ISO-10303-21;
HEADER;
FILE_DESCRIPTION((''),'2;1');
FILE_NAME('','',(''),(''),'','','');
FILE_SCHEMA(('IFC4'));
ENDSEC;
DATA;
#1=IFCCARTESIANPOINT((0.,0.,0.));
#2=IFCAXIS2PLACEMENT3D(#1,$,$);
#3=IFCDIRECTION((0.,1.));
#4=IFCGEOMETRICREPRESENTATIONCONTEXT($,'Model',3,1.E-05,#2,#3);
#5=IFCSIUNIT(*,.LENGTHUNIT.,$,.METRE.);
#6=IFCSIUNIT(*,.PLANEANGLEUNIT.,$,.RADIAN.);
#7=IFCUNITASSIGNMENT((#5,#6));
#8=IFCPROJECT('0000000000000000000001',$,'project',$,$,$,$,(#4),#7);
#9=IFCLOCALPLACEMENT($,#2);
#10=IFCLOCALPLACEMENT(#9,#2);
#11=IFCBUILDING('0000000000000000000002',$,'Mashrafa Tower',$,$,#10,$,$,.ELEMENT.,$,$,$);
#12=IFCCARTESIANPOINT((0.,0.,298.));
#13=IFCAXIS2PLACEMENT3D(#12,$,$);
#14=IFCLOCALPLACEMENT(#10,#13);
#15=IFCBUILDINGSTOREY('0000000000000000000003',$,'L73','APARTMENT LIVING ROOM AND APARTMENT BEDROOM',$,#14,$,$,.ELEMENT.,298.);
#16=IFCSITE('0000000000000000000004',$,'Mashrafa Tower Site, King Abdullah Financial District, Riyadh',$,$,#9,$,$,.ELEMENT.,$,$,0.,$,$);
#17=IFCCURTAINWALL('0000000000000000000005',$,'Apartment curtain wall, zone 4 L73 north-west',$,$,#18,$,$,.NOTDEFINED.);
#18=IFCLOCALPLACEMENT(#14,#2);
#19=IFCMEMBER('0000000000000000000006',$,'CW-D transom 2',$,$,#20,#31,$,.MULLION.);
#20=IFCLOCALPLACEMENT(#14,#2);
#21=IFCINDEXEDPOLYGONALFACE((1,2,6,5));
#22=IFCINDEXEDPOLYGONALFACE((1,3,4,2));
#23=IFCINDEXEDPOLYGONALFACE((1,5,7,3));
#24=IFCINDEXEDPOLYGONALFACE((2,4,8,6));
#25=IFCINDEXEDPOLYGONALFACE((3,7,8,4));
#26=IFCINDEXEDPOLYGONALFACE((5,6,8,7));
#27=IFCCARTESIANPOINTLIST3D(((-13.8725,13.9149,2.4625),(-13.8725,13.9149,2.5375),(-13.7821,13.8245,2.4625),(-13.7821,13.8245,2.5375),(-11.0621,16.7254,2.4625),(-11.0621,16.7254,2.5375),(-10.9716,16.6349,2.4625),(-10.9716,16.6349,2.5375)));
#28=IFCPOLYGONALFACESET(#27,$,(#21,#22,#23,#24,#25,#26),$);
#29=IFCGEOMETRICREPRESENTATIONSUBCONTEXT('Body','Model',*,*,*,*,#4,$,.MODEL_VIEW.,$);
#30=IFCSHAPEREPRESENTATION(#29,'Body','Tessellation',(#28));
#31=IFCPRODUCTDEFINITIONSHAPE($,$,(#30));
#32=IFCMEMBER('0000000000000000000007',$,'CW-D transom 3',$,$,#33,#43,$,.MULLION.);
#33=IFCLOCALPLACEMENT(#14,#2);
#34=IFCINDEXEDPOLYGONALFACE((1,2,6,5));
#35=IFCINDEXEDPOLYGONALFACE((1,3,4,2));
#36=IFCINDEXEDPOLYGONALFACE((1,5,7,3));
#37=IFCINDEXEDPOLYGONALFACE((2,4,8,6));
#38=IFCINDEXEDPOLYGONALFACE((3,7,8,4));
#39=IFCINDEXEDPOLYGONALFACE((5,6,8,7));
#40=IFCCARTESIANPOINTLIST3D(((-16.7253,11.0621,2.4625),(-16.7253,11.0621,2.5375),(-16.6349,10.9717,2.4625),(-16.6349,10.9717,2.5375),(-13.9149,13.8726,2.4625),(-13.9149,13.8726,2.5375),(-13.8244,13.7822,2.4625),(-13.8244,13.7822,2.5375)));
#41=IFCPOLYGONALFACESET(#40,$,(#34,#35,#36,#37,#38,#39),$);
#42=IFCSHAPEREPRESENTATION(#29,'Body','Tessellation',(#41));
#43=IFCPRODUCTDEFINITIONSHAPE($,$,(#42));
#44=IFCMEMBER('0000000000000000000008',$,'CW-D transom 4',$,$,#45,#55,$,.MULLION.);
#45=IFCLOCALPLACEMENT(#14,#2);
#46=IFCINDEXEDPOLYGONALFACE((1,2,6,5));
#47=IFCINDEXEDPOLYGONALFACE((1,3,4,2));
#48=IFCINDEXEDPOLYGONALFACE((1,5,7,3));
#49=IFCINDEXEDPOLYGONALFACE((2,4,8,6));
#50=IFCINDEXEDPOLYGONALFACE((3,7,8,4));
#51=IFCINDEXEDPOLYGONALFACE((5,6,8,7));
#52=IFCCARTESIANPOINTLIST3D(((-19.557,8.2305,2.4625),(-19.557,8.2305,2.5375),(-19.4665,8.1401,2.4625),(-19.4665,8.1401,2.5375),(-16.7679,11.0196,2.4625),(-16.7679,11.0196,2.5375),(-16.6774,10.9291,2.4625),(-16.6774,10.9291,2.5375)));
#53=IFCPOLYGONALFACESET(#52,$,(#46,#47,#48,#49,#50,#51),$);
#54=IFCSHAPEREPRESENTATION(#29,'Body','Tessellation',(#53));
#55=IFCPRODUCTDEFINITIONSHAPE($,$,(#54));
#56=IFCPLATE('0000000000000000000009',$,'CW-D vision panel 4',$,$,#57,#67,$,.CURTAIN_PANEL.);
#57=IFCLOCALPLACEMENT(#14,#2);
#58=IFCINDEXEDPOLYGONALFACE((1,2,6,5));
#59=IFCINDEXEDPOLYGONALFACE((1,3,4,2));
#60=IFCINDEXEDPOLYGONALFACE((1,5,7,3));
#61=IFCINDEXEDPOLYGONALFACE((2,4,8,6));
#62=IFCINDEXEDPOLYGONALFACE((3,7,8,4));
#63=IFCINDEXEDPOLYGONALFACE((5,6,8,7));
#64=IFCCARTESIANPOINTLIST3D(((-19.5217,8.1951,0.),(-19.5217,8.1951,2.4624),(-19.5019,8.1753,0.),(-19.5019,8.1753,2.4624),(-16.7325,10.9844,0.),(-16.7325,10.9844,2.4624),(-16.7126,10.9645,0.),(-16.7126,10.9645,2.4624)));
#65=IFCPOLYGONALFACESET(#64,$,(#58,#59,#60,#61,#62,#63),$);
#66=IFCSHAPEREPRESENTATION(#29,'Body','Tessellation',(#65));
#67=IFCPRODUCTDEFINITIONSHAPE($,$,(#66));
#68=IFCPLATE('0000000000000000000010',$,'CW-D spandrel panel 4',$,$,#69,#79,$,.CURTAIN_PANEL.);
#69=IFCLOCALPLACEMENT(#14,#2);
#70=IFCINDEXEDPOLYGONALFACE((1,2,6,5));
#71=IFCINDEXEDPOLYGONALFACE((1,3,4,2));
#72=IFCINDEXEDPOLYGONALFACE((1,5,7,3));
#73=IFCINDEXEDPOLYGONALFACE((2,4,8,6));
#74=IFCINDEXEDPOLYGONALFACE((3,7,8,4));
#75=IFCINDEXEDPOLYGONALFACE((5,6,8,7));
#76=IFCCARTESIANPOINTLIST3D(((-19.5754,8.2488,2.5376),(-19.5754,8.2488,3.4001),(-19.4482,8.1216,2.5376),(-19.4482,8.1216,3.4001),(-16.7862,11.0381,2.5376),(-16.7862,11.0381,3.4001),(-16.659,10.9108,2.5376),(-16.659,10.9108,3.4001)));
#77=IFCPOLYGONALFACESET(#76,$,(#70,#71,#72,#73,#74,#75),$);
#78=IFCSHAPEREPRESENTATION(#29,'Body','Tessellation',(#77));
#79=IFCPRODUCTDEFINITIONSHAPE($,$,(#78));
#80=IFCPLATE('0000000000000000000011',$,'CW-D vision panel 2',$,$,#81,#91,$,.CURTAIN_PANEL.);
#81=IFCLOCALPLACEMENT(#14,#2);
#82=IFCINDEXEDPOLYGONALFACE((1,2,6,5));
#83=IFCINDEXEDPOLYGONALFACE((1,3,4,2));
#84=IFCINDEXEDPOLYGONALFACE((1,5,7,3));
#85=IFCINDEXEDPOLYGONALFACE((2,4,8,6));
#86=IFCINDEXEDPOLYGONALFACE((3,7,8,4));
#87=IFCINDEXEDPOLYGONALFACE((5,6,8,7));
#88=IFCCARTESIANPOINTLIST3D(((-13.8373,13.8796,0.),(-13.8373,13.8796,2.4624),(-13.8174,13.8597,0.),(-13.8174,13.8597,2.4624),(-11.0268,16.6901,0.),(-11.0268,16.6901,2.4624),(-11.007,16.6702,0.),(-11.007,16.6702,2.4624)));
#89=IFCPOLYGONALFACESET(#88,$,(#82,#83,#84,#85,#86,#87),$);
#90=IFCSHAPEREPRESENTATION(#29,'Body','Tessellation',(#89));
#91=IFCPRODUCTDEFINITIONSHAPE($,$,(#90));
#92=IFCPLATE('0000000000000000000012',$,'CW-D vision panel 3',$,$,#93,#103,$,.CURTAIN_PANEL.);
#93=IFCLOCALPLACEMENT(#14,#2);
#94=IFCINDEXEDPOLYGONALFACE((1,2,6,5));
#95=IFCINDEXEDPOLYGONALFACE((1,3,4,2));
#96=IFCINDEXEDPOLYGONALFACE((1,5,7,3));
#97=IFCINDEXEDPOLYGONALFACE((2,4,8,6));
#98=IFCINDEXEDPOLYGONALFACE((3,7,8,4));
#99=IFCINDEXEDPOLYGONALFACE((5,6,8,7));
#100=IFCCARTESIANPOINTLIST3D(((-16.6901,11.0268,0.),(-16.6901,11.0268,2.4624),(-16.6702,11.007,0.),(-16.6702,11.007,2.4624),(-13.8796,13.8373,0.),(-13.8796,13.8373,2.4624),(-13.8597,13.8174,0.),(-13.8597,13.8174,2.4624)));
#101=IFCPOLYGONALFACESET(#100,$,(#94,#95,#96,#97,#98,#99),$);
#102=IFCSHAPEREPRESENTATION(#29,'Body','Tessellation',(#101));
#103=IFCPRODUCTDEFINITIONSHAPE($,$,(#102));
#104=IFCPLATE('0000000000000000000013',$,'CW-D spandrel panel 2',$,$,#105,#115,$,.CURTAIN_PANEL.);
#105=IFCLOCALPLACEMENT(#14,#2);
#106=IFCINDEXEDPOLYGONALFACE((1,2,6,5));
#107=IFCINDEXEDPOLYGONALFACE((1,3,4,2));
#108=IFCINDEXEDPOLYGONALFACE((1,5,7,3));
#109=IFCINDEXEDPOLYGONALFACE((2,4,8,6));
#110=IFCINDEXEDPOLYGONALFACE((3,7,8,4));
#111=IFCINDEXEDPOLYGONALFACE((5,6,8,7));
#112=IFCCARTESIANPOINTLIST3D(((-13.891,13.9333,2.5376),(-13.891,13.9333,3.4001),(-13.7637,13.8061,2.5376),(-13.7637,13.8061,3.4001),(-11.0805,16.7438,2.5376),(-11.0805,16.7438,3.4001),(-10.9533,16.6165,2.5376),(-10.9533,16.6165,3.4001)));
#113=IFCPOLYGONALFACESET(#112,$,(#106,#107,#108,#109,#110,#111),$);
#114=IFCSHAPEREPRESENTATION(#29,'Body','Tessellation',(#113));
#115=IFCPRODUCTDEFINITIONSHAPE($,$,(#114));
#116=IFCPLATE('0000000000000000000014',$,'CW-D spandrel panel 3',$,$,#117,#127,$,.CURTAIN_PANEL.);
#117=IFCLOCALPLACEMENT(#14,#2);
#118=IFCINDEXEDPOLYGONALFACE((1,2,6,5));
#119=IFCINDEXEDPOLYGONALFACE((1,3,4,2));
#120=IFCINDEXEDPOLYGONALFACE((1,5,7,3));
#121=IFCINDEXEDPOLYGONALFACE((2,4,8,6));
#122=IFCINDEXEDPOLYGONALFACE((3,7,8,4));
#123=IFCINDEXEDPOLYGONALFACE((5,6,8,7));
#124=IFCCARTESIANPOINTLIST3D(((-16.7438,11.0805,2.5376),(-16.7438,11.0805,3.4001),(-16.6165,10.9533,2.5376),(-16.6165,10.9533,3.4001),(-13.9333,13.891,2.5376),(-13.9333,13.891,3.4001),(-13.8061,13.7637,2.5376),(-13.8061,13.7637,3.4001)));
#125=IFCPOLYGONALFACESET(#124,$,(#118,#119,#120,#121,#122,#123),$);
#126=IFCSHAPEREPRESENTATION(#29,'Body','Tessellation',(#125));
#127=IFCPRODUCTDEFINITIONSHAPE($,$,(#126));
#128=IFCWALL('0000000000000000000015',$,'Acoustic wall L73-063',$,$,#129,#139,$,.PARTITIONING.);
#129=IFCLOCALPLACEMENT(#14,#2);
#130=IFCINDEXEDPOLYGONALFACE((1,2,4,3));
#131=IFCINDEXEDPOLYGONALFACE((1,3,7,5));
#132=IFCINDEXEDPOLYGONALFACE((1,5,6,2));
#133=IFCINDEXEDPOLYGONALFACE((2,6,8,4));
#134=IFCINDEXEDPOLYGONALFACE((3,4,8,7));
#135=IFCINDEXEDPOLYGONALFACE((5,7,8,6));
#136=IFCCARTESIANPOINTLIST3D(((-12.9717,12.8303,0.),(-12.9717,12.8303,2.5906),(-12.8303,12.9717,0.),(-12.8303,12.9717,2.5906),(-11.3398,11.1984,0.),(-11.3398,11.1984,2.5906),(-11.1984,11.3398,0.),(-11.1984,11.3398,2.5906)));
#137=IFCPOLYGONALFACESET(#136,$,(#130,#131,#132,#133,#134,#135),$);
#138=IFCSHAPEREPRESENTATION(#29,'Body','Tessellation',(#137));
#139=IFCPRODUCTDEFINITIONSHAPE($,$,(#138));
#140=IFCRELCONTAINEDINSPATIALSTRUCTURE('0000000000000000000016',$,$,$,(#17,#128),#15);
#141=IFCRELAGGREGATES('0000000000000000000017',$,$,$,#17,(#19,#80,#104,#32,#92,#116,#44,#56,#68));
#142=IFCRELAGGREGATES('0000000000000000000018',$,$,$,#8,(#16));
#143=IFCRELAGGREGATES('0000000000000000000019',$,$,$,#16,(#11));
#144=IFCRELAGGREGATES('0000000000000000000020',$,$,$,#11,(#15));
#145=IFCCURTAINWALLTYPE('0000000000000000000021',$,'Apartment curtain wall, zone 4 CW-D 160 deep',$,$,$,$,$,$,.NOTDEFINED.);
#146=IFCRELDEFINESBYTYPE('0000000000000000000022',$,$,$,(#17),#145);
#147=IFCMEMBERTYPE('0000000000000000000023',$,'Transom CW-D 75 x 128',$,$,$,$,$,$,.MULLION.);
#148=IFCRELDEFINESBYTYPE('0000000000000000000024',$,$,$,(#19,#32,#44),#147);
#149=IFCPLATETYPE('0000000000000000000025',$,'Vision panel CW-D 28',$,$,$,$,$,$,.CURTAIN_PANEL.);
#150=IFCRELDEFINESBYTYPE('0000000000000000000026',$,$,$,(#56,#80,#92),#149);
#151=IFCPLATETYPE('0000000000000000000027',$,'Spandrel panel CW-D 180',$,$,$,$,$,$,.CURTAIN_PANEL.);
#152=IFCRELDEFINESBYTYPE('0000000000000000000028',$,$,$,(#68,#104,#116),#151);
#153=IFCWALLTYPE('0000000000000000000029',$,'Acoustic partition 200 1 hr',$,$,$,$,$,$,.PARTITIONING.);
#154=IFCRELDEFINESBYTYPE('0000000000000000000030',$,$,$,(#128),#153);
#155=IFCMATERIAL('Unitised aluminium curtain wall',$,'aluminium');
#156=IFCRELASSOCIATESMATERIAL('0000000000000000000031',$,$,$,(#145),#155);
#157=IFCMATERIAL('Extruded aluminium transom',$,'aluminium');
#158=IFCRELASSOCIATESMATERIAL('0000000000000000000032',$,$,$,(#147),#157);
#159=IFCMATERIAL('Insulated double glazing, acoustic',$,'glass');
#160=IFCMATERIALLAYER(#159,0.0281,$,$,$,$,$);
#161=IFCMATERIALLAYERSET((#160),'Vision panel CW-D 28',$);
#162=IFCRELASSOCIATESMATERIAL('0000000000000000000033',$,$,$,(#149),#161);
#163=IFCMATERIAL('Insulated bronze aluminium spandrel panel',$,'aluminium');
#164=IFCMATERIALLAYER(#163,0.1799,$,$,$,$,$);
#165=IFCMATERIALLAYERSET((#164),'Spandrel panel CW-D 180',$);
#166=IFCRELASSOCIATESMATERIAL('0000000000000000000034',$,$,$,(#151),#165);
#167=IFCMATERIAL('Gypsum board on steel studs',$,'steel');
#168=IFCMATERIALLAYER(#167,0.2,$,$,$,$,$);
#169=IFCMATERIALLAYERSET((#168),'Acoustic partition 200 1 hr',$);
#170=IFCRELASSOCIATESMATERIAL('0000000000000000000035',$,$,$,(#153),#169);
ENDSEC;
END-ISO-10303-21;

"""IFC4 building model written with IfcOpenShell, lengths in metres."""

from ifc_helpers import new_model, si_unit, direction, frame, frame_2d, origin, origin_2d, place, context, subcontext, project, spatial, rectangle, extrude, source, transform, mapped, material, layer, layer_set, material_profile, profile_set, type_object, type_shapes, element, aggregate, save


model = new_model("IFC4")

# Units and contexts
model_context = context("Model", 3, precision=1e-05, world=origin(), true_north=direction((0.0, 1.0)))
body_context = subcontext(model_context, "Body", "Model", "MODEL_VIEW")
ifc_project = project(units=[si_unit("LENGTHUNIT", "METRE"), si_unit("PLANEANGLEUNIT", "RADIAN")], contexts=[model_context])

# Site, building, storey
site_placement = place(None, origin())
site = spatial("IfcSite", under=ifc_project, at=site_placement, Name="Mashrafa Tower Site, King Abdullah Financial District, Riyadh", CompositionType="ELEMENT", RefElevation=0.0)
building_placement = place(site_placement, origin())
building = spatial("IfcBuilding", under=site, at=building_placement, Name="Mashrafa Tower", CompositionType="ELEMENT")
storey_placement = place(building_placement, frame((0.0, 0.0, 298.0)))
storey = spatial("IfcBuildingStorey", under=building, at=storey_placement, Name="L73", Description="APARTMENT LIVING ROOM AND APARTMENT BEDROOM", CompositionType="ELEMENT", Elevation=298.0)

# Curtain wall, members, plates
ifc_material_1 = material(Name="Unitised aluminium curtain wall", Category="aluminium")
curtain_wall_type = type_object("IfcCurtainWallType", Name="Apartment curtain wall, zone 4 CW-D 160 deep", PredefinedType="NOTDEFINED", material=ifc_material_1)
curtain_wall_placement = place(storey_placement, origin())
curtain_wall = element("IfcCurtainWall", 1, at=curtain_wall_placement, inside=storey, type_object=curtain_wall_type, Name="Apartment curtain wall, zone 4 L73 north-west", PredefinedType="NOTDEFINED")
ifc_material_2 = material(Name="Extruded aluminium transom", Category="aluminium")
ifc_material_profile_1 = material_profile(ifc_material_2, rectangle(XDim=0.1279, YDim=0.075, at=origin_2d()), Name="Transom 75x128")
ifc_profile_set_1 = profile_set([ifc_material_profile_1], Name="Extruded aluminium transom")
member_type_1 = type_object("IfcMemberType", Name="Transom CW-D 75 x 128", PredefinedType="MULLION", material=ifc_profile_set_1)
shared_shape_1 = source(origin(), body_context, "Body", "SweptSolid", [
    extrude(rectangle(XDim=0.1279, YDim=0.075, at=origin_2d()), origin(), (0.0, 0.0, 1.0), 3.9746),
])
member_1_placement = place(storey_placement, frame((-11.0168, 16.6802, 2.5), z_axis=(-0.707107, -0.707107, 0.0), x_axis=(0.707107, -0.707107, 0.0)))
member_1 = element("IfcMember", 2, at=member_1_placement, type_object=member_type_1, Name="CW-D transom 2", PredefinedType="MULLION", context=body_context, shape_type="MappedRepresentation", body=[
    mapped(shared_shape_1, transform((0.0, 0.0, 0.0))),
])
member_2_placement = place(storey_placement, frame((-13.8696, 13.8274, 2.5), z_axis=(-0.707107, -0.707107, 0.0), x_axis=(0.707107, -0.707107, 0.0)))
member_2 = element("IfcMember", 3, at=member_2_placement, type_object=member_type_1, Name="CW-D transom 3", PredefinedType="MULLION", context=body_context, shape_type="MappedRepresentation", body=[
    mapped(shared_shape_1, transform((0.0, 0.0, 0.0))),
])
shared_shape_2 = source(origin(), body_context, "Body", "SweptSolid", [
    extrude(rectangle(XDim=0.1279, YDim=0.075, at=origin_2d()), origin(), (0.0, 0.0, 1.0), 3.9443),
])
type_shapes(member_type_1, [shared_shape_1, shared_shape_2])
member_3_placement = place(storey_placement, frame((-16.7227, 10.9744, 2.5), z_axis=(-0.707107, -0.707107, 0.0), x_axis=(0.707107, -0.707107, 0.0)))
member_3 = element("IfcMember", 4, at=member_3_placement, type_object=member_type_1, Name="CW-D transom 4", PredefinedType="MULLION", context=body_context, shape_type="MappedRepresentation", body=[
    mapped(shared_shape_2, transform((0.0, 0.0, 0.0))),
])
ifc_material_3 = material(Name="Insulated double glazing, acoustic", Category="glass")
ifc_layer_1 = layer(ifc_material_3, 0.0281)
ifc_layer_set_1 = layer_set([ifc_layer_1], Name="Vision panel CW-D 28")
plate_type_1 = type_object("IfcPlateType", Name="Vision panel CW-D 28", PredefinedType="CURTAIN_PANEL", material=ifc_layer_set_1)
shared_shape_3 = source(origin(), body_context, "Body", "SweptSolid", [
    extrude(rectangle(XDim=3.9446, YDim=0.0281, at=origin_2d()), origin(), (0.0, 0.0, 1.0), 2.4624),
])
plate_1_placement = place(storey_placement, frame((-18.1172, 9.5798, 0.0), z_axis=(0.0, 0.0, 1.0), x_axis=(-0.707107, -0.707107, 0.0)))
plate_1 = element("IfcPlate", 5, at=plate_1_placement, type_object=plate_type_1, Name="CW-D vision panel 4", PredefinedType="CURTAIN_PANEL", context=body_context, shape_type="MappedRepresentation", body=[
    mapped(shared_shape_3, transform((0.0, 0.0, 0.0))),
])
ifc_material_4 = material(Name="Insulated bronze aluminium spandrel panel", Category="aluminium")
ifc_layer_2 = layer(ifc_material_4, 0.1799)
ifc_layer_set_2 = layer_set([ifc_layer_2], Name="Spandrel panel CW-D 180")
plate_type_2 = type_object("IfcPlateType", Name="Spandrel panel CW-D 180", PredefinedType="CURTAIN_PANEL", material=ifc_layer_set_2)
shared_shape_4 = source(origin(), body_context, "Body", "SweptSolid", [
    extrude(rectangle(XDim=3.9446, YDim=0.1799, at=origin_2d()), origin(), (0.0, 0.0, 1.0), 0.8625),
])
plate_2_placement = place(storey_placement, frame((-18.1172, 9.5798, 2.5376), z_axis=(0.0, 0.0, 1.0), x_axis=(-0.707107, -0.707107, 0.0)))
plate_2 = element("IfcPlate", 6, at=plate_2_placement, type_object=plate_type_2, Name="CW-D spandrel panel 4", PredefinedType="CURTAIN_PANEL", context=body_context, shape_type="MappedRepresentation", body=[
    mapped(shared_shape_4, transform((0.0, 0.0, 0.0))),
])
shared_shape_5 = source(origin(), body_context, "Body", "SweptSolid", [
    extrude(rectangle(XDim=3.9746, YDim=0.0281, at=origin_2d()), origin(), (0.0, 0.0, 1.0), 2.4624),
])
type_shapes(plate_type_1, [shared_shape_3, shared_shape_5])
plate_3_placement = place(storey_placement, frame((-12.4221, 15.2749, 0.0), z_axis=(0.0, 0.0, 1.0), x_axis=(-0.707107, -0.707107, 0.0)))
plate_3 = element("IfcPlate", 7, at=plate_3_placement, type_object=plate_type_1, Name="CW-D vision panel 2", PredefinedType="CURTAIN_PANEL", context=body_context, shape_type="MappedRepresentation", body=[
    mapped(shared_shape_5, transform((0.0, 0.0, 0.0))),
])
plate_4_placement = place(storey_placement, frame((-15.2749, 12.4221, 0.0), z_axis=(0.0, 0.0, 1.0), x_axis=(-0.707107, -0.707107, 0.0)))
plate_4 = element("IfcPlate", 8, at=plate_4_placement, type_object=plate_type_1, Name="CW-D vision panel 3", PredefinedType="CURTAIN_PANEL", context=body_context, shape_type="MappedRepresentation", body=[
    mapped(shared_shape_5, transform((0.0, 0.0, 0.0))),
])
shared_shape_6 = source(origin(), body_context, "Body", "SweptSolid", [
    extrude(rectangle(XDim=3.9746, YDim=0.1799, at=origin_2d()), origin(), (0.0, 0.0, 1.0), 0.8625),
])
type_shapes(plate_type_2, [shared_shape_4, shared_shape_6])
plate_5_placement = place(storey_placement, frame((-12.4221, 15.2749, 2.5376), z_axis=(0.0, 0.0, 1.0), x_axis=(-0.707107, -0.707107, 0.0)))
plate_5 = element("IfcPlate", 9, at=plate_5_placement, type_object=plate_type_2, Name="CW-D spandrel panel 2", PredefinedType="CURTAIN_PANEL", context=body_context, shape_type="MappedRepresentation", body=[
    mapped(shared_shape_6, transform((0.0, 0.0, 0.0))),
])
plate_6_placement = place(storey_placement, frame((-15.2749, 12.4221, 2.5376), z_axis=(0.0, 0.0, 1.0), x_axis=(-0.707107, -0.707107, 0.0)))
plate_6 = element("IfcPlate", 10, at=plate_6_placement, type_object=plate_type_2, Name="CW-D spandrel panel 3", PredefinedType="CURTAIN_PANEL", context=body_context, shape_type="MappedRepresentation", body=[
    mapped(shared_shape_6, transform((0.0, 0.0, 0.0))),
])
aggregate(curtain_wall, [member_1, plate_3, plate_5, member_2, plate_4, plate_6, member_3, plate_1, plate_2])

# Wall
ifc_material_5 = material(Name="Gypsum board on steel studs", Category="steel")
ifc_layer_3 = layer(ifc_material_5, 0.2)
ifc_layer_set_3 = layer_set([ifc_layer_3], Name="Acoustic partition 200 1 hr")
wall_type_1 = type_object("IfcWallType", Name="Acoustic partition 200 1 hr", PredefinedType="PARTITIONING", material=ifc_layer_set_3)
wall_1_placement = place(storey_placement, frame((-12.9009, 12.9009, 0.0), z_axis=(0.0, 0.0, 1.0), x_axis=(0.707107, -0.707107, 0.0)))
element("IfcWall", 11, at=wall_1_placement, inside=storey, type_object=wall_type_1, Name="Acoustic wall L73-063", PredefinedType="PARTITIONING", context=body_context, shape_type="SweptSolid", body=[
    extrude(rectangle(XDim=2.3079, YDim=0.2, at=frame_2d((1.1538, 0.0))), origin(), (0.0, 0.0, 1.0), 2.5906),
])

save(model, "model.ifc")
